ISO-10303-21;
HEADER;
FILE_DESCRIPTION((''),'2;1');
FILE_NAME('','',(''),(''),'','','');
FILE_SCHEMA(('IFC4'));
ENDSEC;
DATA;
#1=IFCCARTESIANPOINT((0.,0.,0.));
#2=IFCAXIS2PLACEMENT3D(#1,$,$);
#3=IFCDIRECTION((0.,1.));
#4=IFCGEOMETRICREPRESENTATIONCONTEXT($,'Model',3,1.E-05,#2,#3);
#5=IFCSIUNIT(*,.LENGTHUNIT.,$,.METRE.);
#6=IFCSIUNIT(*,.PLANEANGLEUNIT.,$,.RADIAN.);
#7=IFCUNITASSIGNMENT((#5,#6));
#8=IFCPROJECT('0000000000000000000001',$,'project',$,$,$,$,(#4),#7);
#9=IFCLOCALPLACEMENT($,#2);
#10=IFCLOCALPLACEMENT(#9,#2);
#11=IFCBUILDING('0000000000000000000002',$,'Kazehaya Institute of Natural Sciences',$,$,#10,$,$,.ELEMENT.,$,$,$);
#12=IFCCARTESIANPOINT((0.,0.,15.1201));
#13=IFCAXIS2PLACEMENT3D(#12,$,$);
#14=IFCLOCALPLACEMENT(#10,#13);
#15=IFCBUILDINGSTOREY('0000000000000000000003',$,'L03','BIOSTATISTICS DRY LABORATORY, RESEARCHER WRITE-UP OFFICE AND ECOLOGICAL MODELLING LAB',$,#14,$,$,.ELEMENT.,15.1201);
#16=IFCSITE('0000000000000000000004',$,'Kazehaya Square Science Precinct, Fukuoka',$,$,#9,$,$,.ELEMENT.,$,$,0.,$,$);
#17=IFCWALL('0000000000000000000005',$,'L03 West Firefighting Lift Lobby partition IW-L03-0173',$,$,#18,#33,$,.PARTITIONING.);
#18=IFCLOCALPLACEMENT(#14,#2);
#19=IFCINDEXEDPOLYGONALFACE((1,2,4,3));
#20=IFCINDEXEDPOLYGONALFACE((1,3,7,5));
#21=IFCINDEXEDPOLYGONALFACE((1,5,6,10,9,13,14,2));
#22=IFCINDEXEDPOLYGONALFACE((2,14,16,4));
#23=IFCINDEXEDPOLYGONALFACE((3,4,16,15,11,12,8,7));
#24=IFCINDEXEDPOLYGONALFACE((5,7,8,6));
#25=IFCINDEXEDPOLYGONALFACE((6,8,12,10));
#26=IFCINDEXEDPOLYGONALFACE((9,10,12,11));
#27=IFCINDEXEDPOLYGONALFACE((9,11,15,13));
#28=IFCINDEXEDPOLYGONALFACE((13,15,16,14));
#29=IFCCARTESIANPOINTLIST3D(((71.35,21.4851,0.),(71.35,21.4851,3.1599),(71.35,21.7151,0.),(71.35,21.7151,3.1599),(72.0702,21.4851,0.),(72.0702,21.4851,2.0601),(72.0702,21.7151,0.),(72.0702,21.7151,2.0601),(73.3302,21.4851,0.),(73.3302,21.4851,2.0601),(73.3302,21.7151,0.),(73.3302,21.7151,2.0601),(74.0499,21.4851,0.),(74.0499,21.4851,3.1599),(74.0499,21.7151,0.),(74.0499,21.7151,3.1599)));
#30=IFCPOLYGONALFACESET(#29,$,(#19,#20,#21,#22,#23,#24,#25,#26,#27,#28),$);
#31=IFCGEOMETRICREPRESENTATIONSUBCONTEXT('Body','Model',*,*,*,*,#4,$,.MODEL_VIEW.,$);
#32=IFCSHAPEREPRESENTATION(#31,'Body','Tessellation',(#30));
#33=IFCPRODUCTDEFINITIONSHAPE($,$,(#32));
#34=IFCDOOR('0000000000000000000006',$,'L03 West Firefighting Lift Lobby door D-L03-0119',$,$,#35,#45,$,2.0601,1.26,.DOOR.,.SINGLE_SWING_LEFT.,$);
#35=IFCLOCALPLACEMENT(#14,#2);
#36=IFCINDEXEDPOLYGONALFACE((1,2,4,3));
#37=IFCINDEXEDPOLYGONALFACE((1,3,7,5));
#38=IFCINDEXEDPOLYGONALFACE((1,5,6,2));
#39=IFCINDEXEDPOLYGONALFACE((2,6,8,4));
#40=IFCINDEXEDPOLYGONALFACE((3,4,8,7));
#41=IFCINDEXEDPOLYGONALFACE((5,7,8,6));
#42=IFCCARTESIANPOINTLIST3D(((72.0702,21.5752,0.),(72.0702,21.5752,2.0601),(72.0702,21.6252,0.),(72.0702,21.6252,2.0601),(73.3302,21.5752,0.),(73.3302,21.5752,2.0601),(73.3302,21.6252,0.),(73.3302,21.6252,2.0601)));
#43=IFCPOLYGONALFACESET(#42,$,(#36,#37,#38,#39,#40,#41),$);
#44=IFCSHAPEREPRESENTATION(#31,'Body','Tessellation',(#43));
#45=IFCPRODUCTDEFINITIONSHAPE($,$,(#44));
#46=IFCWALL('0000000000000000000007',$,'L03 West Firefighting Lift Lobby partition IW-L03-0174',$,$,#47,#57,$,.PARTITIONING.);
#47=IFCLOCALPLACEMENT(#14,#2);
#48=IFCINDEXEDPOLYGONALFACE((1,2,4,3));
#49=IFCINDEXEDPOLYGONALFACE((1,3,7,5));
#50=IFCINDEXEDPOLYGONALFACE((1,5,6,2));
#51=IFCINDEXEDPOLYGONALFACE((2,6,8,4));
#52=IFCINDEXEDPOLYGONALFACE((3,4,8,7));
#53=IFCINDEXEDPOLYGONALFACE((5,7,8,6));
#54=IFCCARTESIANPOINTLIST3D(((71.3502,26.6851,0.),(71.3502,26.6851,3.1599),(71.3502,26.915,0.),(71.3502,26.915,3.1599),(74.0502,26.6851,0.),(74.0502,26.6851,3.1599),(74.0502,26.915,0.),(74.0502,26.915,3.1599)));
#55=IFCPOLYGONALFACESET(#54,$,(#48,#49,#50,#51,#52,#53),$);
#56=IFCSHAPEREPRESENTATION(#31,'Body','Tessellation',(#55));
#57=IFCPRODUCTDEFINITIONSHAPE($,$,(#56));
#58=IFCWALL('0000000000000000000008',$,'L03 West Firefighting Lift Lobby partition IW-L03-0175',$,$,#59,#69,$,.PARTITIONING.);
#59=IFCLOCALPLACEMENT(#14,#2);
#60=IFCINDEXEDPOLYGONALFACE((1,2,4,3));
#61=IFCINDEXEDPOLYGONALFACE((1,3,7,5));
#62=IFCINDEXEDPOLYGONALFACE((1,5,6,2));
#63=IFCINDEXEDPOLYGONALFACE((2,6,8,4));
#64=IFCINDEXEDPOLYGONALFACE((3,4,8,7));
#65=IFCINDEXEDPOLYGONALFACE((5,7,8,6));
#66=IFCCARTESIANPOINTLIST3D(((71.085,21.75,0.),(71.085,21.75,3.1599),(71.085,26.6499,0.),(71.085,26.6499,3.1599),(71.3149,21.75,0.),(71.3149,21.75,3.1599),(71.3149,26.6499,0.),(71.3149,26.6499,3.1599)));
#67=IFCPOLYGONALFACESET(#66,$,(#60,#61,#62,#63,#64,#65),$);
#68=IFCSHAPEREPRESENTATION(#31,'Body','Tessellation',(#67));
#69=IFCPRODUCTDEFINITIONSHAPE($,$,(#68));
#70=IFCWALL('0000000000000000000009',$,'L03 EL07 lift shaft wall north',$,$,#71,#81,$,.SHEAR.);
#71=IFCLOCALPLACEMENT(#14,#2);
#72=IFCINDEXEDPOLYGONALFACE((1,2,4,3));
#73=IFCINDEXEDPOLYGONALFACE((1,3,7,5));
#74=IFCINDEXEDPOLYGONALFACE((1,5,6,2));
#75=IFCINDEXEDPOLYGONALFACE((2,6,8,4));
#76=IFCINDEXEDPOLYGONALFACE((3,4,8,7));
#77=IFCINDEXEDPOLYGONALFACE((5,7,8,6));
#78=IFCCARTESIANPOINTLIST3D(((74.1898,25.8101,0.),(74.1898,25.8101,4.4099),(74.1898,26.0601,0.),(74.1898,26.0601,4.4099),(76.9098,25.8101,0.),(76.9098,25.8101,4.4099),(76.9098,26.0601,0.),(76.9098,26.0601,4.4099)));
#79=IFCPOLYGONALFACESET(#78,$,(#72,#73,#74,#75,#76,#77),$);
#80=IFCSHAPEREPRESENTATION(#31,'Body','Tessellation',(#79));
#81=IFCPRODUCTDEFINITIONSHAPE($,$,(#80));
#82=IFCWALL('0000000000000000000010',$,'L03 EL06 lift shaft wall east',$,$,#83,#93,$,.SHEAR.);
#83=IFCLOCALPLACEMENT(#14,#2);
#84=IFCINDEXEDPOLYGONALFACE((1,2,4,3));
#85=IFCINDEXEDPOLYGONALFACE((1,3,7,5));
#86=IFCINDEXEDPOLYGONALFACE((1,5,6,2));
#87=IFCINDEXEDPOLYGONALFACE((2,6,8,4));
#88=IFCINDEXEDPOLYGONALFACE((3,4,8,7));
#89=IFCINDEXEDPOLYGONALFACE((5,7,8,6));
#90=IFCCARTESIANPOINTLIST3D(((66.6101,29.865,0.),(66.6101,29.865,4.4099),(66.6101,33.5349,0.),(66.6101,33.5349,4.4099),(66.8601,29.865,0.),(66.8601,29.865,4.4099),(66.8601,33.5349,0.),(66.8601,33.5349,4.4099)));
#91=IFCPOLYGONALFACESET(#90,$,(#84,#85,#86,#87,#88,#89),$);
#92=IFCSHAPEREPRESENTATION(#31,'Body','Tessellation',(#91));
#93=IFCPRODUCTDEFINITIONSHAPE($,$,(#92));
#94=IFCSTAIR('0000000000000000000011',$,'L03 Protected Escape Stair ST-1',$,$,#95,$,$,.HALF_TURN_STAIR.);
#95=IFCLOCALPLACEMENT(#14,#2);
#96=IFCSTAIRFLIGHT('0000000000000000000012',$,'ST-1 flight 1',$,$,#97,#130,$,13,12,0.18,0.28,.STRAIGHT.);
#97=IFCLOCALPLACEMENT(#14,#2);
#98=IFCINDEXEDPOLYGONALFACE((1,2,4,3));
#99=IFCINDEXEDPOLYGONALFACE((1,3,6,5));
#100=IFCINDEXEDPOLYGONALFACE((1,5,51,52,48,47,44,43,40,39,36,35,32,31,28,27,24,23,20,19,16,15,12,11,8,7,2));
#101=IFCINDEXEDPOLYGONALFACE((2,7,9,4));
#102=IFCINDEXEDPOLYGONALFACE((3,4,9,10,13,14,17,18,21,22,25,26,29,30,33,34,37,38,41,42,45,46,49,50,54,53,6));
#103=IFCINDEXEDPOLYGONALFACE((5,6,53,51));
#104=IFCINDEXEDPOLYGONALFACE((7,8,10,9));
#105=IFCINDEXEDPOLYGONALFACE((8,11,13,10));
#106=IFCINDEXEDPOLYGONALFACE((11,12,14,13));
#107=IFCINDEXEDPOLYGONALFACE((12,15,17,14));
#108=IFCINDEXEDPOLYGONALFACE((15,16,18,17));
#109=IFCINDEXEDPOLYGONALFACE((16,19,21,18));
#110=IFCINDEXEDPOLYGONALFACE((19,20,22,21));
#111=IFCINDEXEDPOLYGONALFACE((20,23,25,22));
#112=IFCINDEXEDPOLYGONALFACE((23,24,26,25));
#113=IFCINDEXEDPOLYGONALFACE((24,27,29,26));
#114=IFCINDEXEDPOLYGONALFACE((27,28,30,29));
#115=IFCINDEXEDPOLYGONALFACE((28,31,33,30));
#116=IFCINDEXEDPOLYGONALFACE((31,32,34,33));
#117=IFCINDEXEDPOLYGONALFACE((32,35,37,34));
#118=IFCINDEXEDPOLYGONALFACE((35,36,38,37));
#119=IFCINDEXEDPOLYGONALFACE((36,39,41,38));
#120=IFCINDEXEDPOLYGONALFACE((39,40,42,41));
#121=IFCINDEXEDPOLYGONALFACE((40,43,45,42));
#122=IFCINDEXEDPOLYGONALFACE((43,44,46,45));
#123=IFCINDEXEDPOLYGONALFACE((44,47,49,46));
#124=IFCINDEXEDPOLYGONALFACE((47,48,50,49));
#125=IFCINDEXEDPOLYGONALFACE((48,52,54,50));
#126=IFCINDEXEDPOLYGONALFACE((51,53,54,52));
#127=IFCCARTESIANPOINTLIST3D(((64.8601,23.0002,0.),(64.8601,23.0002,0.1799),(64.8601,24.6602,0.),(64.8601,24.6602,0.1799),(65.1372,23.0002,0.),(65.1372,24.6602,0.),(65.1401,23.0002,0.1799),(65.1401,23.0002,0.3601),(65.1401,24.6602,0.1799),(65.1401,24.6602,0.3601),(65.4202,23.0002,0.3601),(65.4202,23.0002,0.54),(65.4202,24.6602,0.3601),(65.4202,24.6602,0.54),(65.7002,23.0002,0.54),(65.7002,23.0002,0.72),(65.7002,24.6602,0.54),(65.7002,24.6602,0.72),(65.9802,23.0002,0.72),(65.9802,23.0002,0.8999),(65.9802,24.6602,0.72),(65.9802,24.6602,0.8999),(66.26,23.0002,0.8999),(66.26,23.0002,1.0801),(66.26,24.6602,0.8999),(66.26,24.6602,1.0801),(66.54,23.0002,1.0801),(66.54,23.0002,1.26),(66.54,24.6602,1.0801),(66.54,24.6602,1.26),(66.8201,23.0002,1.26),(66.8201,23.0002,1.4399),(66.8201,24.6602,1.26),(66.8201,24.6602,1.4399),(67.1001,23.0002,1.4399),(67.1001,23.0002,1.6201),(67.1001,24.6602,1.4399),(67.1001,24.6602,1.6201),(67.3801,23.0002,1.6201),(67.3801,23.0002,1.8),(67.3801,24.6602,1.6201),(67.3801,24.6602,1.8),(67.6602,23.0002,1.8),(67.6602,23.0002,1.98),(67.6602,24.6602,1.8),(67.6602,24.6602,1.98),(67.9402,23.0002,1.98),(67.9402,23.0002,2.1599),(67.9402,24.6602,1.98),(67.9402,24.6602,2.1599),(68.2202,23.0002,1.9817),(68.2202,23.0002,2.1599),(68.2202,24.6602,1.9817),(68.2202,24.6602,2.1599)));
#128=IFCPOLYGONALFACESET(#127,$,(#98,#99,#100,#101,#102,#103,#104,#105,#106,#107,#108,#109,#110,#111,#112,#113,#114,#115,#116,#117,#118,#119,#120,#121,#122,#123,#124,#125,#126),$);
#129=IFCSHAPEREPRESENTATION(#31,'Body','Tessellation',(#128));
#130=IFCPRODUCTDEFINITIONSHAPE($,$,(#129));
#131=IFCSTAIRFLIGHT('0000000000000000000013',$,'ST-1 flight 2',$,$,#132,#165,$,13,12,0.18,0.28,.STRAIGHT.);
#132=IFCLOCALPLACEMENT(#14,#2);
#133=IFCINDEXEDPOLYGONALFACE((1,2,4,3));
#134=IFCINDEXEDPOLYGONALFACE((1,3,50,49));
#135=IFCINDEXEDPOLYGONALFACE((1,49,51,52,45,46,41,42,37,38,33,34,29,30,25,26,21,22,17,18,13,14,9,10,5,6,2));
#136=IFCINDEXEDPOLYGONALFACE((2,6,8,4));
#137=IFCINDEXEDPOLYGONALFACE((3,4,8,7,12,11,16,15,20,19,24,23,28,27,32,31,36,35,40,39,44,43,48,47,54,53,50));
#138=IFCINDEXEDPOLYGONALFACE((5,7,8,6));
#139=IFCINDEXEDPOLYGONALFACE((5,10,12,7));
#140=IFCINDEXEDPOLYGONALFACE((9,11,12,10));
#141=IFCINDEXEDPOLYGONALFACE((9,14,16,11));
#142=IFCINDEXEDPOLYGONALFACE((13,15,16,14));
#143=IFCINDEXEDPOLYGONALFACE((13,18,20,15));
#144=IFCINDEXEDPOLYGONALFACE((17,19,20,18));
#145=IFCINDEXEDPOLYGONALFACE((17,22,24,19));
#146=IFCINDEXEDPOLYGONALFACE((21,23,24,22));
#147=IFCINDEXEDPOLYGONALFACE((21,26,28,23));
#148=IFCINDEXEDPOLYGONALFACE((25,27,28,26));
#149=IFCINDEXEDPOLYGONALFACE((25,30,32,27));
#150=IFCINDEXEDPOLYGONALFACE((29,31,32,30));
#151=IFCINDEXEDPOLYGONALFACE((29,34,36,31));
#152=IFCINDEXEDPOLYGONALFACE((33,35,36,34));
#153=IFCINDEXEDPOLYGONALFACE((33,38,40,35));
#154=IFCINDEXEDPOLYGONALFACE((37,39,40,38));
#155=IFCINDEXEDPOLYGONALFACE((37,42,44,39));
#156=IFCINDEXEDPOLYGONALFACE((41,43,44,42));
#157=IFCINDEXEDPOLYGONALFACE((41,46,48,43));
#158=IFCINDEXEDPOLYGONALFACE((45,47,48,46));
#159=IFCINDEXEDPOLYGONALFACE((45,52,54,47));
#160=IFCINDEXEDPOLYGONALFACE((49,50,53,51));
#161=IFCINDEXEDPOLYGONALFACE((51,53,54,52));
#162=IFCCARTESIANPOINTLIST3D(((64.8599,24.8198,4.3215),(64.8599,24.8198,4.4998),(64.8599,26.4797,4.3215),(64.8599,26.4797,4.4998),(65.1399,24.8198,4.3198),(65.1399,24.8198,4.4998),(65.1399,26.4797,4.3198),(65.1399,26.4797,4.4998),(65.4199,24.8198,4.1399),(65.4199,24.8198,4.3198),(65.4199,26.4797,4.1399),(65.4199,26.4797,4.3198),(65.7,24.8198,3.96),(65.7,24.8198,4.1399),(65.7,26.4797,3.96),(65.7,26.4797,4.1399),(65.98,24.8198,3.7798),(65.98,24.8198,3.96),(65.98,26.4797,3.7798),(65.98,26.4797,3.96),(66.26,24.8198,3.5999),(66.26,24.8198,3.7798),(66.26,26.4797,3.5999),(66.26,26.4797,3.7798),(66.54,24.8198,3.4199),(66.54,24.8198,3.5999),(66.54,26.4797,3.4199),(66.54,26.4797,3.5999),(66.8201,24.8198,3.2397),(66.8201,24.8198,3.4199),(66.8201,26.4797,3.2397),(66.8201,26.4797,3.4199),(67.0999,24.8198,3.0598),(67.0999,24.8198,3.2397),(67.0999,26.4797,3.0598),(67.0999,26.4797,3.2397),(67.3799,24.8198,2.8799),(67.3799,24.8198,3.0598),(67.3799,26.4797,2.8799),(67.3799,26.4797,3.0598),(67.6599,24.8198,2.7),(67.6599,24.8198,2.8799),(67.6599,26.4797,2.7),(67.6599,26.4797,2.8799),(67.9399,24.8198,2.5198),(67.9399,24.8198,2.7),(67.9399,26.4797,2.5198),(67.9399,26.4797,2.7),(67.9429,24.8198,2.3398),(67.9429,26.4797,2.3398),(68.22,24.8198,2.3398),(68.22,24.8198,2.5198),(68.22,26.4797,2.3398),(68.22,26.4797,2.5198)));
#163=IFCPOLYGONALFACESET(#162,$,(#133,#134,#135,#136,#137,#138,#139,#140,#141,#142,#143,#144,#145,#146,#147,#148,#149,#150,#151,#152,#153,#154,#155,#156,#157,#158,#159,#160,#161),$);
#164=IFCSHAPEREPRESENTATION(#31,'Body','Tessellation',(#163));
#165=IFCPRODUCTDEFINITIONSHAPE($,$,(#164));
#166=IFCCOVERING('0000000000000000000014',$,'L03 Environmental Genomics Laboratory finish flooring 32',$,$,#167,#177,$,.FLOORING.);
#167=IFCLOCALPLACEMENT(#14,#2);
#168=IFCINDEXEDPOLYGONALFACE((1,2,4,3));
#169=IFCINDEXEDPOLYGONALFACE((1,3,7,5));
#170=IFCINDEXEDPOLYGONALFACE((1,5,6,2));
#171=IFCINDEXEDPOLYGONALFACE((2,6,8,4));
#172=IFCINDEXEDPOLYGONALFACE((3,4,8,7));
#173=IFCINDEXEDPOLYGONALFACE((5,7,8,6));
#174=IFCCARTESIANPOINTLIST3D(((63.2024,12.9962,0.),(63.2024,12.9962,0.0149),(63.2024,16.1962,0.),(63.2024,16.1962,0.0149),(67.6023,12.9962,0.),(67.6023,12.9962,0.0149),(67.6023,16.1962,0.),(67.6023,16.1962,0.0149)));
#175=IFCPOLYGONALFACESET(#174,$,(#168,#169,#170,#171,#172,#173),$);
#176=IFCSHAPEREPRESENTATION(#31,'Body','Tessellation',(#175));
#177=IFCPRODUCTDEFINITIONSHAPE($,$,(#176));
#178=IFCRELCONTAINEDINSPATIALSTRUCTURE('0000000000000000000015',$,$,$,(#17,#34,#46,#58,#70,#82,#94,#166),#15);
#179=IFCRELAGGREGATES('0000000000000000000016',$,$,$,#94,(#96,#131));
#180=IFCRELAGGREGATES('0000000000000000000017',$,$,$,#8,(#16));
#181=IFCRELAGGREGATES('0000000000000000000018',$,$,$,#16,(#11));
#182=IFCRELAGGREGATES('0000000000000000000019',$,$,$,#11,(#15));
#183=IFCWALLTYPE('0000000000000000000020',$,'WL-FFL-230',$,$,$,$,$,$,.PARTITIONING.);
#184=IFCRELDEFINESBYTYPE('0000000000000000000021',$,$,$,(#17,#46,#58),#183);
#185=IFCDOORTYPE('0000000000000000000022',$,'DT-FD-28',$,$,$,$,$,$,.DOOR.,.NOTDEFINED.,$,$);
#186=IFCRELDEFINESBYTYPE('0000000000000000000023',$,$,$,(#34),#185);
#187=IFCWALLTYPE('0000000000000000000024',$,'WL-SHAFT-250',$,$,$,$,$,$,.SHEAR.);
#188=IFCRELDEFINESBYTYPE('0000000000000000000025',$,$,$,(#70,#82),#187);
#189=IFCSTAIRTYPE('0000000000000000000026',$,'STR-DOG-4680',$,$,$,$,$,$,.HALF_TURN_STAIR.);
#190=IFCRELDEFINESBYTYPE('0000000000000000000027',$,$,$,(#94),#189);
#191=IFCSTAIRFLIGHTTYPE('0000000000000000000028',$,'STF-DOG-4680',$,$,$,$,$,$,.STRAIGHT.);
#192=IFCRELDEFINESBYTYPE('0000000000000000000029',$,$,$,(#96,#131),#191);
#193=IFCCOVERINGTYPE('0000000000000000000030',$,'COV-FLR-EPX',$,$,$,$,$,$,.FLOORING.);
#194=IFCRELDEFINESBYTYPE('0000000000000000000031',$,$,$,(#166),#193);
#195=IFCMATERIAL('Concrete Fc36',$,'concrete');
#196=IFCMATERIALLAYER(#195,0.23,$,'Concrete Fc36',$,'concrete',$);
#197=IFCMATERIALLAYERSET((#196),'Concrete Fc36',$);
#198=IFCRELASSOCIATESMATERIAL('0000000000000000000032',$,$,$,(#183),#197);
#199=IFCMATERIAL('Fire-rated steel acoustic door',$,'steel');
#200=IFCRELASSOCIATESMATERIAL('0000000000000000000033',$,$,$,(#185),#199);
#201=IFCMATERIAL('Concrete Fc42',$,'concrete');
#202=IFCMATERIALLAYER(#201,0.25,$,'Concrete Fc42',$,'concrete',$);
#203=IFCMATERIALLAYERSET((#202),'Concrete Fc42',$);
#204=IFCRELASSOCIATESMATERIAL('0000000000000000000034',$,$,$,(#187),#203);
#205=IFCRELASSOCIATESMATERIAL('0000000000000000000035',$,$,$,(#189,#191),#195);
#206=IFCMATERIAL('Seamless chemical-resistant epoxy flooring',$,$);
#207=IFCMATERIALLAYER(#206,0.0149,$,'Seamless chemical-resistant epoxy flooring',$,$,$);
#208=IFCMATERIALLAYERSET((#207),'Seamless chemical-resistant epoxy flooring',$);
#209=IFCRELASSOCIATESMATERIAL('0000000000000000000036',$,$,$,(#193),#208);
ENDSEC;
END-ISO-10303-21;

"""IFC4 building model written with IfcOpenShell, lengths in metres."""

from ifc_helpers import new_model, si_unit, direction, frame, frame_2d, origin, origin_2d, place, context, subcontext, project, spatial, polyline, rectangle, outline, extrude, material, layer, layer_set, type_object, element, fill, aggregate, save


model = new_model("IFC4")

# Units and contexts
model_context = context("Model", 3, precision=1e-05, world=origin(), true_north=direction((0.0, 1.0)))
body_context = subcontext(model_context, "Body", "Model", "MODEL_VIEW")
ifc_project = project(units=[si_unit("LENGTHUNIT", "METRE"), si_unit("PLANEANGLEUNIT", "RADIAN")], contexts=[model_context])

# Site, building, storey
site_placement = place(None, origin())
site = spatial("IfcSite", under=ifc_project, at=site_placement, Name="Kazehaya Square Science Precinct, Fukuoka", CompositionType="ELEMENT", RefElevation=0.0)
building_placement = place(site_placement, origin())
building = spatial("IfcBuilding", under=site, at=building_placement, Name="Kazehaya Institute of Natural Sciences", CompositionType="ELEMENT")
storey_placement = place(building_placement, frame((0.0, 0.0, 15.1201)))
storey = spatial("IfcBuildingStorey", under=building, at=storey_placement, Name="L03", Description="BIOSTATISTICS DRY LABORATORY, RESEARCHER WRITE-UP OFFICE AND ECOLOGICAL MODELLING LAB", CompositionType="ELEMENT", Elevation=15.1201)

# Shared definitions
ifc_material_1 = material(Name="Concrete Fc42", Category="concrete")

# Shared definitions
ifc_material_2 = material(Name="Concrete Fc36", Category="concrete")

# Wall, opening, door
ifc_layer_1 = layer(ifc_material_2, 0.23, Name="Concrete Fc36", Category="concrete")
ifc_layer_set_1 = layer_set([ifc_layer_1], Name="Concrete Fc36")
wall_type_1 = type_object("IfcWallType", Name="WL-FFL-230", PredefinedType="PARTITIONING", material=ifc_layer_set_1)
wall_1_placement = place(storey_placement, frame((74.05, 21.6001, 0.0), z_axis=(0.0, 0.0, 1.0), x_axis=(-1.0, 0.0, 0.0)))
wall_1 = element("IfcWall", 1, at=wall_1_placement, inside=storey, type_object=wall_type_1, Name="L03 West Firefighting Lift Lobby partition IW-L03-0173", PredefinedType="PARTITIONING", context=body_context, shape_type="SweptSolid", body=[
    extrude(rectangle(XDim=2.7, YDim=0.23, at=frame_2d((1.3501, 0.0))), origin(), (0.0, 0.0, 1.0), 3.1599),
])
opening_1_placement = place(wall_1_placement, frame((0.72, 0.0, 0.0)))
opening_1 = element("IfcOpeningElement", 2, at=opening_1_placement, cuts=wall_1, PredefinedType="OPENING", context=body_context, shape_type="SweptSolid", body=[
    extrude(rectangle(XDim=1.26, YDim=2.0601, at=frame_2d((0.6299, 1.03))), frame((0.0, 0.125, 0.0), z_axis=(0.0, -1.0, 0.0), x_axis=(1.0, 0.0, 0.0)), (0.0, 0.0, 1.0), 0.25),
])
ifc_material_3 = material(Name="Fire-rated steel acoustic door", Category="steel")
door_type_1 = type_object("IfcDoorType", Name="DT-FD-28", OperationType="NOTDEFINED", PredefinedType="DOOR", material=ifc_material_3)
door_1_placement = place(opening_1_placement, origin())
door_1 = element("IfcDoor", 3, at=door_1_placement, inside=storey, type_object=door_type_1, Name="L03 West Firefighting Lift Lobby door D-L03-0119", OperationType="SINGLE_SWING_LEFT", OverallHeight=2.0601, OverallWidth=1.26, PredefinedType="DOOR", context=body_context, shape_type="SweptSolid", body=[
    extrude(rectangle(XDim=1.26, YDim=2.0601, at=frame_2d((0.6299, 1.03))), frame((0.0, 0.0249, 0.0), z_axis=(0.0, -1.0, 0.0), x_axis=(1.0, 0.0, 0.0)), (0.0, 0.0, 1.0), 0.05),
])
fill(opening_1, door_1)

# Walls
wall_2_placement = place(storey_placement, frame((71.3501, 26.8, 0.0), z_axis=(0.0, 0.0, 1.0), x_axis=(1.0, 0.0, 0.0)))
element("IfcWall", 4, at=wall_2_placement, inside=storey, type_object=wall_type_1, Name="L03 West Firefighting Lift Lobby partition IW-L03-0174", PredefinedType="PARTITIONING", context=body_context, shape_type="SweptSolid", body=[
    extrude(rectangle(XDim=2.7, YDim=0.23, at=frame_2d((1.3501, 0.0))), origin(), (0.0, 0.0, 1.0), 3.1599),
])
wall_3_placement = place(storey_placement, frame((71.2, 21.75, 0.0), z_axis=(0.0, 0.0, 1.0), x_axis=(0.0, 1.0, 0.0)))
element("IfcWall", 5, at=wall_3_placement, inside=storey, type_object=wall_type_1, Name="L03 West Firefighting Lift Lobby partition IW-L03-0175", PredefinedType="PARTITIONING", context=body_context, shape_type="SweptSolid", body=[
    extrude(rectangle(XDim=4.8999, YDim=0.23, at=frame_2d((2.45, 0.0))), origin(), (0.0, 0.0, 1.0), 3.1599),
])
ifc_layer_2 = layer(ifc_material_1, 0.25, Name="Concrete Fc42", Category="concrete")
ifc_layer_set_2 = layer_set([ifc_layer_2], Name="Concrete Fc42")
wall_type_2 = type_object("IfcWallType", Name="WL-SHAFT-250", PredefinedType="SHEAR", material=ifc_layer_set_2)
wall_4_placement = place(storey_placement, frame((74.1899, 25.9351, 0.0), z_axis=(0.0, 0.0, 1.0), x_axis=(1.0, 0.0, 0.0)))
element("IfcWall", 6, at=wall_4_placement, inside=storey, type_object=wall_type_2, Name="L03 EL07 lift shaft wall north", PredefinedType="SHEAR", context=body_context, shape_type="SweptSolid", body=[
    extrude(rectangle(XDim=2.72, YDim=0.25, at=frame_2d((1.3599, 0.0))), origin(), (0.0, 0.0, 1.0), 4.4099),
])

# Wall
wall_5_placement = place(storey_placement, frame((66.7351, 33.5349, 0.0), z_axis=(0.0, 0.0, 1.0), x_axis=(0.0, -1.0, 0.0)))
element("IfcWall", 7, at=wall_5_placement, inside=storey, type_object=wall_type_2, Name="L03 EL06 lift shaft wall east", PredefinedType="SHEAR", context=body_context, shape_type="SweptSolid", body=[
    extrude(rectangle(XDim=3.6699, YDim=0.25, at=frame_2d((1.835, 0.0))), origin(), (0.0, 0.0, 1.0), 4.4099),
])

# Stair, stair flights
stair_type = type_object("IfcStairType", Name="STR-DOG-4680", PredefinedType="HALF_TURN_STAIR", material=ifc_material_2)
stair_placement = place(storey_placement, origin())
stair = element("IfcStair", 8, at=stair_placement, inside=storey, type_object=stair_type, Name="L03 Protected Escape Stair ST-1", PredefinedType="HALF_TURN_STAIR")
stair_flight_type = type_object("IfcStairFlightType", Name="STF-DOG-4680", PredefinedType="STRAIGHT", material=ifc_material_2)
stair_flight_1_placement = place(storey_placement, frame((64.8601, 23.8301, 0.0), z_axis=(0.0, 0.0, 1.0), x_axis=(1.0, 0.0, 0.0)))
stair_flight_1 = element("IfcStairFlight", 9, at=stair_flight_1_placement, type_object=stair_flight_type, Name="ST-1 flight 1", NumberOfRisers=13, NumberOfTreads=12, PredefinedType="STRAIGHT", RiserHeight=0.18, TreadLength=0.28, context=body_context, shape_type="SweptSolid", body=[
    extrude(outline(polyline([(0.0, 0.0), (0.0, 0.1799), (0.28, 0.1799), (0.28, 0.3601), (0.5601, 0.3601), (0.5601, 0.54), (0.8401, 0.54), (0.8401, 0.72), (1.1201, 0.72), (1.1201, 0.8999), (1.3999, 0.8999), (1.3999, 1.0801), (1.6799, 1.0801), (1.6799, 1.26), (1.96, 1.26), (1.96, 1.4399), (2.24, 1.4399), (2.24, 1.6201), (2.52, 1.6201), (2.52, 1.8), (2.8, 1.8), (2.8, 1.98), (3.0801, 1.98), (3.0801, 2.1599), (3.3601, 2.1599), (3.3601, 2.3401), (3.3601, 1.9817), (0.2771, 0.0), (0.0, 0.0)])), frame((0.0, 0.8301, 0.0), z_axis=(0.0, -1.0, 0.0), x_axis=(1.0, 0.0, 0.0)), (0.0, 0.0, 1.0), 1.6599),
])
stair_flight_2_placement = place(storey_placement, frame((68.22, 25.6499, 2.3398), z_axis=(0.0, 0.0, 1.0), x_axis=(-1.0, 0.0, 0.0)))
stair_flight_2 = element("IfcStairFlight", 10, at=stair_flight_2_placement, type_object=stair_flight_type, Name="ST-1 flight 2", NumberOfRisers=13, NumberOfTreads=12, PredefinedType="STRAIGHT", RiserHeight=0.18, TreadLength=0.28, context=body_context, shape_type="SweptSolid", body=[
    extrude(outline(polyline([(0.0, 0.0), (0.0, 0.1799), (0.28, 0.1799), (0.28, 0.3601), (0.5601, 0.3601), (0.5601, 0.54), (0.8401, 0.54), (0.8401, 0.72), (1.1201, 0.72), (1.1201, 0.8999), (1.3999, 0.8999), (1.3999, 1.0801), (1.6799, 1.0801), (1.6799, 1.26), (1.96, 1.26), (1.96, 1.4399), (2.24, 1.4399), (2.24, 1.6201), (2.52, 1.6201), (2.52, 1.8), (2.8, 1.8), (2.8, 1.98), (3.0801, 1.98), (3.0801, 2.1599), (3.3601, 2.1599), (3.3601, 2.3401), (3.3601, 1.9817), (0.2771, 0.0), (0.0, 0.0)])), frame((0.0, 0.8301, 0.0), z_axis=(0.0, -1.0, 0.0), x_axis=(1.0, 0.0, 0.0)), (0.0, 0.0, 1.0), 1.6599),
])
aggregate(stair, [stair_flight_1, stair_flight_2])

# Covering
ifc_material_4 = material(Name="Seamless chemical-resistant epoxy flooring")
ifc_layer_3 = layer(ifc_material_4, 0.0149, Name="Seamless chemical-resistant epoxy flooring")
ifc_layer_set_3 = layer_set([ifc_layer_3], Name="Seamless chemical-resistant epoxy flooring")
covering_type = type_object("IfcCoveringType", Name="COV-FLR-EPX", PredefinedType="FLOORING", material=ifc_layer_set_3)
covering_placement = place(storey_placement, frame((65.4023, 14.5962, 0.0), z_axis=(0.0, 0.0, 1.0), x_axis=(1.0, 0.0, 0.0)))
element("IfcCovering", 11, at=covering_placement, inside=storey, type_object=covering_type, Name="L03 Environmental Genomics Laboratory finish flooring 32", PredefinedType="FLOORING", context=body_context, shape_type="SweptSolid", body=[
    extrude(rectangle(XDim=4.3999, YDim=3.2, at=origin_2d()), origin(), (0.0, 0.0, 1.0), 0.0149),
])

save(model, "model.ifc")
